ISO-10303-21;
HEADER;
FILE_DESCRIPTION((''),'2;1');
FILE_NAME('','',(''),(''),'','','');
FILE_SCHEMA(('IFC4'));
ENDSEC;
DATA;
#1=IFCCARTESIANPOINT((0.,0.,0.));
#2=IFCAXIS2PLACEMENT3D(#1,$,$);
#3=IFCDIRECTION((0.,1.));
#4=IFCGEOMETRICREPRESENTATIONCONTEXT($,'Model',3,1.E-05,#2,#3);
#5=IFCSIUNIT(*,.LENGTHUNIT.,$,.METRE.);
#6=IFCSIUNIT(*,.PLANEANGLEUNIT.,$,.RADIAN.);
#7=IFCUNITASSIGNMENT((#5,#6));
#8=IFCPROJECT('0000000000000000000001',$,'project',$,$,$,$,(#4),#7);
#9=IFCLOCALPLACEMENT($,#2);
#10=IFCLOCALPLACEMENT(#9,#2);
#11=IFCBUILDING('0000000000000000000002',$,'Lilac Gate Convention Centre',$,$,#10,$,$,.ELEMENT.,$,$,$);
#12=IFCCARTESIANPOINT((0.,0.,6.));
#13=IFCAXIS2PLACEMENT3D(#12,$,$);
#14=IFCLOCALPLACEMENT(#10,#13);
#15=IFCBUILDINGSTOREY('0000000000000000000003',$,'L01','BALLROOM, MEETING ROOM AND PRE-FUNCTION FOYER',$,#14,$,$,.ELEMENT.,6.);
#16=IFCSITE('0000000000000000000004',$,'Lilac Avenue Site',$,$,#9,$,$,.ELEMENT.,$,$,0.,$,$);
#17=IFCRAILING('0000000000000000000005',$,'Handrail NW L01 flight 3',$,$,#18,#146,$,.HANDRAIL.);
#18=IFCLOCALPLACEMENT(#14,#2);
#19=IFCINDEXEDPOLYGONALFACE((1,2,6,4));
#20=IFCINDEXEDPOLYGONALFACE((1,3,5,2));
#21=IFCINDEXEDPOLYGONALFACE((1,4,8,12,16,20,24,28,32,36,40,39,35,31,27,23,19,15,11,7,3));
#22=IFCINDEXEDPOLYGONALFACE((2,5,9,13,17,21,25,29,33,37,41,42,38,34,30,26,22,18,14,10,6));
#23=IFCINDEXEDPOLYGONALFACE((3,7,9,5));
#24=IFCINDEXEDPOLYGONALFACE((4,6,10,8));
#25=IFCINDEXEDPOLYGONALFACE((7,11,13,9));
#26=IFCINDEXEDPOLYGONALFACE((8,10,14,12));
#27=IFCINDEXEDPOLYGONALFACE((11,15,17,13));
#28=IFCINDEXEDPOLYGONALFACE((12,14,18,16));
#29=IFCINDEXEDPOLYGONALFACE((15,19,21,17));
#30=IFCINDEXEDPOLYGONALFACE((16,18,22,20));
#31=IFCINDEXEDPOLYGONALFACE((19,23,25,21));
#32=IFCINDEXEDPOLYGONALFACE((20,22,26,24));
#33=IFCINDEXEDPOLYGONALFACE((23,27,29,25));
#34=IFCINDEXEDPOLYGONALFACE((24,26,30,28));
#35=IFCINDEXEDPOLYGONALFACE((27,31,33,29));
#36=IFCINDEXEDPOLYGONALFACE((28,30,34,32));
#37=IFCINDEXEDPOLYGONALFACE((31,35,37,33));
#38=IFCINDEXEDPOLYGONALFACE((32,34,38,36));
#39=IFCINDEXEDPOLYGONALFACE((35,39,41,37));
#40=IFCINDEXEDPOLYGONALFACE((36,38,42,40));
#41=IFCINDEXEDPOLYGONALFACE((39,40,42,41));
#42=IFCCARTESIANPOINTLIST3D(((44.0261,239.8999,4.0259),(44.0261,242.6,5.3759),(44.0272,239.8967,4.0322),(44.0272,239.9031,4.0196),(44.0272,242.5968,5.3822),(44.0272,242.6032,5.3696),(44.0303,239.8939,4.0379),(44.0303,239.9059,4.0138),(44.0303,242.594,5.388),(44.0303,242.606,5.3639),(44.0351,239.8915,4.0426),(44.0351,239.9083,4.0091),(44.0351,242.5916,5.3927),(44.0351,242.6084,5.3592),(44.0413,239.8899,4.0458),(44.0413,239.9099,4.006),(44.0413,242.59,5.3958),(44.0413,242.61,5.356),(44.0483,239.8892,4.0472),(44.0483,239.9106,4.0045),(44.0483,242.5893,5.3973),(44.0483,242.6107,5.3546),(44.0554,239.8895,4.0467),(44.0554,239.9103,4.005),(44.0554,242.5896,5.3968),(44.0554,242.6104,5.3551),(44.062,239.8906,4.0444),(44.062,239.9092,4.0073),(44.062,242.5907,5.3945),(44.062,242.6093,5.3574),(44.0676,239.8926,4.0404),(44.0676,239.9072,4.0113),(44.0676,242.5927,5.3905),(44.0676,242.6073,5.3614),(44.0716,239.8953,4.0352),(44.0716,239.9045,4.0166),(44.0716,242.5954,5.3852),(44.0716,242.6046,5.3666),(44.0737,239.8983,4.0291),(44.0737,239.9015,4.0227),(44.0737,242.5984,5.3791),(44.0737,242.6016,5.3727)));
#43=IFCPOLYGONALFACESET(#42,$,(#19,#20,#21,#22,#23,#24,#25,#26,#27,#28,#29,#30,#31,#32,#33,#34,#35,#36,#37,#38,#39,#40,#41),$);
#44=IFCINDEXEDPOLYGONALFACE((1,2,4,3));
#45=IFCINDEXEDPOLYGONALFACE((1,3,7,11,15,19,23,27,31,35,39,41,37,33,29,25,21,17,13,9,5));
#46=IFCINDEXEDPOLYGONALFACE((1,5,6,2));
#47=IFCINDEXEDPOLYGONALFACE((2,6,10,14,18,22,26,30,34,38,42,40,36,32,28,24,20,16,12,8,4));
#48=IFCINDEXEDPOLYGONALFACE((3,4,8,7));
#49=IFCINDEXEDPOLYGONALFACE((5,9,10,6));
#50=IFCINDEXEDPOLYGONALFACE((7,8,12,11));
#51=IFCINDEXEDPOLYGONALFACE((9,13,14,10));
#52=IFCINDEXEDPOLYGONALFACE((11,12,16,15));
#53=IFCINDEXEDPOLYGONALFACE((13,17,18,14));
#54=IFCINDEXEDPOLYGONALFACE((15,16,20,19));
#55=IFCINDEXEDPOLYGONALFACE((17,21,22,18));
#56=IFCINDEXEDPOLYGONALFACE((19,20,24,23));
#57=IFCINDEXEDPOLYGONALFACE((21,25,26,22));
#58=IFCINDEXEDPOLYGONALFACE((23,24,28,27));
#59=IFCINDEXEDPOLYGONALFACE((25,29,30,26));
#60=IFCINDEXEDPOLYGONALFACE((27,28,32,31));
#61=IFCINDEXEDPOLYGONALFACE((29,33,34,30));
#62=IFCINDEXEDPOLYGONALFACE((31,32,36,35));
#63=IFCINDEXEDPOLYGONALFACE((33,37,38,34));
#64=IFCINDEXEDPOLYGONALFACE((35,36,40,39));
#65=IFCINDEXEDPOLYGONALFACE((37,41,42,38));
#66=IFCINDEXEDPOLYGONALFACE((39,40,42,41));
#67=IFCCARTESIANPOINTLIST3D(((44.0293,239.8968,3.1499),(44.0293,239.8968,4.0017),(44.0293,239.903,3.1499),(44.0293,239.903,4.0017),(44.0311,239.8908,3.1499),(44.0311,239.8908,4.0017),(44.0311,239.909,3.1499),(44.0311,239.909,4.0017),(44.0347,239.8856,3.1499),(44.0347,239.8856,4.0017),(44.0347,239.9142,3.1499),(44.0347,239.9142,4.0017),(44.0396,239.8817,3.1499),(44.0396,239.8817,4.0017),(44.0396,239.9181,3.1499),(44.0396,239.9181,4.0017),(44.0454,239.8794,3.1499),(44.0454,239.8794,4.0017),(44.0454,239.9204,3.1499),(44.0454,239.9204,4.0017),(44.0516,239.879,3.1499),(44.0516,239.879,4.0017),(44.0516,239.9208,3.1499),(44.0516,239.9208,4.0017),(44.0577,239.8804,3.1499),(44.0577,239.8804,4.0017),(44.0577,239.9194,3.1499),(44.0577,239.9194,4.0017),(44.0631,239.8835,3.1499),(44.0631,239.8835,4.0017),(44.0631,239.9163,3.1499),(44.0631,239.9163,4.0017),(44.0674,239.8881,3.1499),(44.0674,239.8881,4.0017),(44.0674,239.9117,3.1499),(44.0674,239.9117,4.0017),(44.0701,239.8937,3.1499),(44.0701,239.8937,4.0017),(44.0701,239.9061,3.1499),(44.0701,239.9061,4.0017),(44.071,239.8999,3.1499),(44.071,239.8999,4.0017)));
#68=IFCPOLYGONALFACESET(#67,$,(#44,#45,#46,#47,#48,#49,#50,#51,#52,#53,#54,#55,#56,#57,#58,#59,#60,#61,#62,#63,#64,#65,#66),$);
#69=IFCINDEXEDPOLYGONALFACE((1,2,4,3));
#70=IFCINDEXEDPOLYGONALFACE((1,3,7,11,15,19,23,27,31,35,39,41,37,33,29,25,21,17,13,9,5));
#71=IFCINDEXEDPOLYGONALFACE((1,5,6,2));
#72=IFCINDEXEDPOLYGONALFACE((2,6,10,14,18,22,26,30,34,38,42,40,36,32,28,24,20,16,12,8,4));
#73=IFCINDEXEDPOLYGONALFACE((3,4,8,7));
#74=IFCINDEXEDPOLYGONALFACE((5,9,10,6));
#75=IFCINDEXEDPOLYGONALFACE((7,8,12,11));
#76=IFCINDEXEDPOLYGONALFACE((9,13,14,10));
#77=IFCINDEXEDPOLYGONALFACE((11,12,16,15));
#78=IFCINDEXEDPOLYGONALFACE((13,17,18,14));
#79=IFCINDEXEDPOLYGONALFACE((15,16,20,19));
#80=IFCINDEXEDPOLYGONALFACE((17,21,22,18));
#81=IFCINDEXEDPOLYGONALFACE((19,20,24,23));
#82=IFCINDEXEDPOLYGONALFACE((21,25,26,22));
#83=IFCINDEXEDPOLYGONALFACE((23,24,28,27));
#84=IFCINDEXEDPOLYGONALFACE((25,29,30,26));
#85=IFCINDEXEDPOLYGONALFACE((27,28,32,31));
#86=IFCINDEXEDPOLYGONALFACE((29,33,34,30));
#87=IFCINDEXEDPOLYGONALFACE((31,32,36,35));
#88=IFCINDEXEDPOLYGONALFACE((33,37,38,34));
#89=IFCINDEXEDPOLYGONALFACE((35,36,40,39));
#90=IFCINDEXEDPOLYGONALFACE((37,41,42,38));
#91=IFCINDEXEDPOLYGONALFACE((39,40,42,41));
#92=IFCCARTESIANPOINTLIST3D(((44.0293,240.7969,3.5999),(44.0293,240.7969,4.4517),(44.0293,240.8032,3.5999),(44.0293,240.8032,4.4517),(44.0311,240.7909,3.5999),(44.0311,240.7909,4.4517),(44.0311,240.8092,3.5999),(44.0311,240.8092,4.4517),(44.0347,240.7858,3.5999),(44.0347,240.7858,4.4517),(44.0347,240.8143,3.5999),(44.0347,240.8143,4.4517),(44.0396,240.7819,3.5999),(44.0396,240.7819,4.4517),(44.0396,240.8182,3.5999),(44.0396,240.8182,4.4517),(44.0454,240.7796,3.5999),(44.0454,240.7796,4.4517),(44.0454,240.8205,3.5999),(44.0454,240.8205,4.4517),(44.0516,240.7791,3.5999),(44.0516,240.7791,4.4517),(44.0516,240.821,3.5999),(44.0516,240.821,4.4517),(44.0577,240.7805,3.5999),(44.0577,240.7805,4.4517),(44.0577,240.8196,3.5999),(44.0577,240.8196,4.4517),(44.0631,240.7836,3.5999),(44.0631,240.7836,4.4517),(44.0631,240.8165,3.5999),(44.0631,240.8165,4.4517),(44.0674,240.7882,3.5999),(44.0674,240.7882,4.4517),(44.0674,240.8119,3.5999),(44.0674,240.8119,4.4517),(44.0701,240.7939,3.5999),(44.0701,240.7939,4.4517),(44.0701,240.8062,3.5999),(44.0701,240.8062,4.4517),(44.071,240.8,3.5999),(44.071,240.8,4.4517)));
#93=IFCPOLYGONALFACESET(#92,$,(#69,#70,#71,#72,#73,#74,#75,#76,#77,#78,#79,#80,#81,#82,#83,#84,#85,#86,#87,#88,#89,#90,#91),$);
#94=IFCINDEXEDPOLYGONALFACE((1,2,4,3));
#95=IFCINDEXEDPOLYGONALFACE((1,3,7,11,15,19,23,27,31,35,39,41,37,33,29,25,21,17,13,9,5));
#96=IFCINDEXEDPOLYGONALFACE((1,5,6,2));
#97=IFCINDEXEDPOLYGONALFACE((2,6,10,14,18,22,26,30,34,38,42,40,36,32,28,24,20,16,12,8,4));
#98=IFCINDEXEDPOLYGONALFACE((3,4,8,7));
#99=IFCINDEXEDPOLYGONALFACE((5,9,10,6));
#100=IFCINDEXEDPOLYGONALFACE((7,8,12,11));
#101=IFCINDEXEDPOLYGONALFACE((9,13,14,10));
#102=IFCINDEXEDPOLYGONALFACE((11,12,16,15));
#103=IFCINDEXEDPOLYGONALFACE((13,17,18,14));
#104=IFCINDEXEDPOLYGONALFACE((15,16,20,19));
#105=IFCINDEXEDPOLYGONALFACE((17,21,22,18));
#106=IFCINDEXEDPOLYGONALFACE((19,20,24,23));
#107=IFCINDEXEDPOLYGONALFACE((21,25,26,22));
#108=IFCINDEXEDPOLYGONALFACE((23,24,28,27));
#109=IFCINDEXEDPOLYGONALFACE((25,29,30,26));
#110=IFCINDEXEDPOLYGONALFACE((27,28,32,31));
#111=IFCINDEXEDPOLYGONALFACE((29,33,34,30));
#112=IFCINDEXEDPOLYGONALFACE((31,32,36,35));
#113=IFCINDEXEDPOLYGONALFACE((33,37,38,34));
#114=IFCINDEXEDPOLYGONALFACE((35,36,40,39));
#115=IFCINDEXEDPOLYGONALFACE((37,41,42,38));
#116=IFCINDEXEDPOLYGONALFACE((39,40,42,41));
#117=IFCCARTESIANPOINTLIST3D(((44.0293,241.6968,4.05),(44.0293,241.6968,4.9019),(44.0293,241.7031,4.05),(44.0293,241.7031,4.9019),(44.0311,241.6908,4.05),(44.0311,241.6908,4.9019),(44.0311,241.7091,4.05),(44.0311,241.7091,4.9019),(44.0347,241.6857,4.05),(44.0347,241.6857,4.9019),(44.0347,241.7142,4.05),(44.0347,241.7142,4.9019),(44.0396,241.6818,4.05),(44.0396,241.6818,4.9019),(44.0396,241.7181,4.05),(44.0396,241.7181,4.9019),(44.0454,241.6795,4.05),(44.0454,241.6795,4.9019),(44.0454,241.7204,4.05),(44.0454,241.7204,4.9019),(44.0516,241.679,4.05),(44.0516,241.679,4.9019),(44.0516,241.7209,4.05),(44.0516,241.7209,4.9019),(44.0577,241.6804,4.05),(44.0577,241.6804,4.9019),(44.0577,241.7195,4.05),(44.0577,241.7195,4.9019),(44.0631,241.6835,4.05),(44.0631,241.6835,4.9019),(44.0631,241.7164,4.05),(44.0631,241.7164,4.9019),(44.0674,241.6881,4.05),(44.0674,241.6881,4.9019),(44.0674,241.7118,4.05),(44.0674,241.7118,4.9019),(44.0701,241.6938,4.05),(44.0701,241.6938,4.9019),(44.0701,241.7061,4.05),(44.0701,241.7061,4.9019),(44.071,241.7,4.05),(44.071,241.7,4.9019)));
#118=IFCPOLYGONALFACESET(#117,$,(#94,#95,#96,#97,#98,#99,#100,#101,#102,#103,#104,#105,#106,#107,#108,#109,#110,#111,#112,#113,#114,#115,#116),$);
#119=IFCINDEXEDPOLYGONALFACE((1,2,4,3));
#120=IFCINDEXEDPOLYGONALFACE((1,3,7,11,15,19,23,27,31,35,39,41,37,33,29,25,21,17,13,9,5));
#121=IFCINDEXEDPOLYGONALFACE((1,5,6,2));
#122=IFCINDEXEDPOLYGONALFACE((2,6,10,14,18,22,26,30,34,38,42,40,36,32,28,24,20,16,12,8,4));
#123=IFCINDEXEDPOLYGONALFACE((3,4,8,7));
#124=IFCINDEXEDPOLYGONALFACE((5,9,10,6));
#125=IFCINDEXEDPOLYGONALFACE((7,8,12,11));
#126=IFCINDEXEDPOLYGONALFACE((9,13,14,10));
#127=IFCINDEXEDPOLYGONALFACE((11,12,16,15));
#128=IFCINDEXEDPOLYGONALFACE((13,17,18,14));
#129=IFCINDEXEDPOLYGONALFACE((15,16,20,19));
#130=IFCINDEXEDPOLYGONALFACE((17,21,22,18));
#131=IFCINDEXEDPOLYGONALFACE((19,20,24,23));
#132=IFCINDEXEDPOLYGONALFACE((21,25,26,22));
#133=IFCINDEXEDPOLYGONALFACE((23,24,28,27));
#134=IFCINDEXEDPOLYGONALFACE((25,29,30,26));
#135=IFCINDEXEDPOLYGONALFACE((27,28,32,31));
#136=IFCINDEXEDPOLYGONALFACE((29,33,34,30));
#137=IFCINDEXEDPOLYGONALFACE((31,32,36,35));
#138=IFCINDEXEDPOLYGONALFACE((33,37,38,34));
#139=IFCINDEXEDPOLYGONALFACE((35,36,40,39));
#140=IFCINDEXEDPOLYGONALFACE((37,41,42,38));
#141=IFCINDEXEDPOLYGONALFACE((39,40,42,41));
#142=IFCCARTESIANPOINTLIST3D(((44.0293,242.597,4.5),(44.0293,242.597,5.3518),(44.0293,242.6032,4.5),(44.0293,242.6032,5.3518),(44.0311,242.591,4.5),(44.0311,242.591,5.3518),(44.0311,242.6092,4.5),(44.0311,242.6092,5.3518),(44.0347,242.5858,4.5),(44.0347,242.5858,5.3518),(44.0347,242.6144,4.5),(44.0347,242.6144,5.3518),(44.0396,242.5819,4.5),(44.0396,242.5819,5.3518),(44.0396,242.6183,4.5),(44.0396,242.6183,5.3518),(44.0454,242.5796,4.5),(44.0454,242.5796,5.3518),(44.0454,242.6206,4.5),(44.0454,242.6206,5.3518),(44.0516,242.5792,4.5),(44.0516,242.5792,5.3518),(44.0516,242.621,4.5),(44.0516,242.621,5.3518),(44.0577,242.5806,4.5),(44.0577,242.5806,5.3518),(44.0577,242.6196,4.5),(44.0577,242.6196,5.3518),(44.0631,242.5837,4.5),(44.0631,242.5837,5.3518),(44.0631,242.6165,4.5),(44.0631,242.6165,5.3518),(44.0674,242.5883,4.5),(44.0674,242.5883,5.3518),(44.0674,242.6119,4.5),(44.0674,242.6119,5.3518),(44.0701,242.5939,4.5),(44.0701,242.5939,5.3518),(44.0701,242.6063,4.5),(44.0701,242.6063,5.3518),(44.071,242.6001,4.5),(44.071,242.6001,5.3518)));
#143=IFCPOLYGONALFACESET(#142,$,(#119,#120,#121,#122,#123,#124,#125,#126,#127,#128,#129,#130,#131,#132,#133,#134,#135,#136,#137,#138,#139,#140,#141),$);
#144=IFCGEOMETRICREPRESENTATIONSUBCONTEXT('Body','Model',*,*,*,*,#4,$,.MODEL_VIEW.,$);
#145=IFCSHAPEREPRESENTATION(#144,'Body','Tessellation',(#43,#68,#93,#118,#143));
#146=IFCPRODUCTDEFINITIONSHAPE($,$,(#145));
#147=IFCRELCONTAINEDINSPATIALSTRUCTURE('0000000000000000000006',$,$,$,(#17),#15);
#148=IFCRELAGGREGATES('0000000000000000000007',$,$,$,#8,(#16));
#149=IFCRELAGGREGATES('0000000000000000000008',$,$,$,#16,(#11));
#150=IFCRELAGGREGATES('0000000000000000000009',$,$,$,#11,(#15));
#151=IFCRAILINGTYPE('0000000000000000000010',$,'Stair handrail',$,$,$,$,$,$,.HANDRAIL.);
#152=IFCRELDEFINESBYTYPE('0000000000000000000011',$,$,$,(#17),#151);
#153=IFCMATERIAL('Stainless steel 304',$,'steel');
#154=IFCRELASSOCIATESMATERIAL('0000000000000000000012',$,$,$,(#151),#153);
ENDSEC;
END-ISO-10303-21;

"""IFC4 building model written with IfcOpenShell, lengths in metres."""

from ifc_helpers import new_model, si_unit, direction, frame, origin, origin_2d, place, context, subcontext, project, spatial, circle, extrude, material, type_object, element, save


model = new_model("IFC4")

# Units and contexts
model_context = context("Model", 3, precision=1e-05, world=origin(), true_north=direction((0.0, 1.0)))
body_context = subcontext(model_context, "Body", "Model", "MODEL_VIEW")
ifc_project = project(units=[si_unit("LENGTHUNIT", "METRE"), si_unit("PLANEANGLEUNIT", "RADIAN")], contexts=[model_context])

# Site, building, storey
site_placement = place(None, origin())
site = spatial("IfcSite", under=ifc_project, at=site_placement, Name="Lilac Avenue Site", CompositionType="ELEMENT", RefElevation=0.0)
building_placement = place(site_placement, origin())
building = spatial("IfcBuilding", under=site, at=building_placement, Name="Lilac Gate Convention Centre", CompositionType="ELEMENT")
storey_placement = place(building_placement, frame((0.0, 0.0, 6.0)))
storey = spatial("IfcBuildingStorey", under=building, at=storey_placement, Name="L01", Description="BALLROOM, MEETING ROOM AND PRE-FUNCTION FOYER", CompositionType="ELEMENT", Elevation=6.0)

# Railing
ifc_material_1 = material(Name="Stainless steel 304", Category="steel")
railing_type = type_object("IfcRailingType", Name="Stair handrail", PredefinedType="HANDRAIL", material=ifc_material_1)
for number, where, name in (
    (1, (44.05, 239.8999, 3.1499), "Handrail NW L01 flight 3"),
):
    element("IfcRailing", number, at=place(storey_placement, frame(where)), inside=storey, type_object=railing_type, Name=name, PredefinedType="HANDRAIL", context=body_context, shape_type="SweptSolid", body=[
        extrude(circle(Radius=0.0239, at=origin_2d()), frame((0.0, 0.0, 0.876), z_axis=(0.0, 0.894427, 0.447214), x_axis=(-1.0, 0.0, 0.0)), (0.0, 0.0, 1.0), 3.0188),
        extrude(circle(Radius=0.021, at=origin_2d()), origin(), (0.0, 0.0, 1.0), 0.8518),
        extrude(circle(Radius=0.021, at=origin_2d()), frame((0.0, 0.9001, 0.45)), (0.0, 0.0, 1.0), 0.8518),
        extrude(circle(Radius=0.021, at=origin_2d()), frame((0.0, 1.8, 0.9001)), (0.0, 0.0, 1.0), 0.8518),
        extrude(circle(Radius=0.021, at=origin_2d()), frame((0.0, 2.7002, 1.3501)), (0.0, 0.0, 1.0), 0.8518),
    ])

save(model, "model.ifc")
